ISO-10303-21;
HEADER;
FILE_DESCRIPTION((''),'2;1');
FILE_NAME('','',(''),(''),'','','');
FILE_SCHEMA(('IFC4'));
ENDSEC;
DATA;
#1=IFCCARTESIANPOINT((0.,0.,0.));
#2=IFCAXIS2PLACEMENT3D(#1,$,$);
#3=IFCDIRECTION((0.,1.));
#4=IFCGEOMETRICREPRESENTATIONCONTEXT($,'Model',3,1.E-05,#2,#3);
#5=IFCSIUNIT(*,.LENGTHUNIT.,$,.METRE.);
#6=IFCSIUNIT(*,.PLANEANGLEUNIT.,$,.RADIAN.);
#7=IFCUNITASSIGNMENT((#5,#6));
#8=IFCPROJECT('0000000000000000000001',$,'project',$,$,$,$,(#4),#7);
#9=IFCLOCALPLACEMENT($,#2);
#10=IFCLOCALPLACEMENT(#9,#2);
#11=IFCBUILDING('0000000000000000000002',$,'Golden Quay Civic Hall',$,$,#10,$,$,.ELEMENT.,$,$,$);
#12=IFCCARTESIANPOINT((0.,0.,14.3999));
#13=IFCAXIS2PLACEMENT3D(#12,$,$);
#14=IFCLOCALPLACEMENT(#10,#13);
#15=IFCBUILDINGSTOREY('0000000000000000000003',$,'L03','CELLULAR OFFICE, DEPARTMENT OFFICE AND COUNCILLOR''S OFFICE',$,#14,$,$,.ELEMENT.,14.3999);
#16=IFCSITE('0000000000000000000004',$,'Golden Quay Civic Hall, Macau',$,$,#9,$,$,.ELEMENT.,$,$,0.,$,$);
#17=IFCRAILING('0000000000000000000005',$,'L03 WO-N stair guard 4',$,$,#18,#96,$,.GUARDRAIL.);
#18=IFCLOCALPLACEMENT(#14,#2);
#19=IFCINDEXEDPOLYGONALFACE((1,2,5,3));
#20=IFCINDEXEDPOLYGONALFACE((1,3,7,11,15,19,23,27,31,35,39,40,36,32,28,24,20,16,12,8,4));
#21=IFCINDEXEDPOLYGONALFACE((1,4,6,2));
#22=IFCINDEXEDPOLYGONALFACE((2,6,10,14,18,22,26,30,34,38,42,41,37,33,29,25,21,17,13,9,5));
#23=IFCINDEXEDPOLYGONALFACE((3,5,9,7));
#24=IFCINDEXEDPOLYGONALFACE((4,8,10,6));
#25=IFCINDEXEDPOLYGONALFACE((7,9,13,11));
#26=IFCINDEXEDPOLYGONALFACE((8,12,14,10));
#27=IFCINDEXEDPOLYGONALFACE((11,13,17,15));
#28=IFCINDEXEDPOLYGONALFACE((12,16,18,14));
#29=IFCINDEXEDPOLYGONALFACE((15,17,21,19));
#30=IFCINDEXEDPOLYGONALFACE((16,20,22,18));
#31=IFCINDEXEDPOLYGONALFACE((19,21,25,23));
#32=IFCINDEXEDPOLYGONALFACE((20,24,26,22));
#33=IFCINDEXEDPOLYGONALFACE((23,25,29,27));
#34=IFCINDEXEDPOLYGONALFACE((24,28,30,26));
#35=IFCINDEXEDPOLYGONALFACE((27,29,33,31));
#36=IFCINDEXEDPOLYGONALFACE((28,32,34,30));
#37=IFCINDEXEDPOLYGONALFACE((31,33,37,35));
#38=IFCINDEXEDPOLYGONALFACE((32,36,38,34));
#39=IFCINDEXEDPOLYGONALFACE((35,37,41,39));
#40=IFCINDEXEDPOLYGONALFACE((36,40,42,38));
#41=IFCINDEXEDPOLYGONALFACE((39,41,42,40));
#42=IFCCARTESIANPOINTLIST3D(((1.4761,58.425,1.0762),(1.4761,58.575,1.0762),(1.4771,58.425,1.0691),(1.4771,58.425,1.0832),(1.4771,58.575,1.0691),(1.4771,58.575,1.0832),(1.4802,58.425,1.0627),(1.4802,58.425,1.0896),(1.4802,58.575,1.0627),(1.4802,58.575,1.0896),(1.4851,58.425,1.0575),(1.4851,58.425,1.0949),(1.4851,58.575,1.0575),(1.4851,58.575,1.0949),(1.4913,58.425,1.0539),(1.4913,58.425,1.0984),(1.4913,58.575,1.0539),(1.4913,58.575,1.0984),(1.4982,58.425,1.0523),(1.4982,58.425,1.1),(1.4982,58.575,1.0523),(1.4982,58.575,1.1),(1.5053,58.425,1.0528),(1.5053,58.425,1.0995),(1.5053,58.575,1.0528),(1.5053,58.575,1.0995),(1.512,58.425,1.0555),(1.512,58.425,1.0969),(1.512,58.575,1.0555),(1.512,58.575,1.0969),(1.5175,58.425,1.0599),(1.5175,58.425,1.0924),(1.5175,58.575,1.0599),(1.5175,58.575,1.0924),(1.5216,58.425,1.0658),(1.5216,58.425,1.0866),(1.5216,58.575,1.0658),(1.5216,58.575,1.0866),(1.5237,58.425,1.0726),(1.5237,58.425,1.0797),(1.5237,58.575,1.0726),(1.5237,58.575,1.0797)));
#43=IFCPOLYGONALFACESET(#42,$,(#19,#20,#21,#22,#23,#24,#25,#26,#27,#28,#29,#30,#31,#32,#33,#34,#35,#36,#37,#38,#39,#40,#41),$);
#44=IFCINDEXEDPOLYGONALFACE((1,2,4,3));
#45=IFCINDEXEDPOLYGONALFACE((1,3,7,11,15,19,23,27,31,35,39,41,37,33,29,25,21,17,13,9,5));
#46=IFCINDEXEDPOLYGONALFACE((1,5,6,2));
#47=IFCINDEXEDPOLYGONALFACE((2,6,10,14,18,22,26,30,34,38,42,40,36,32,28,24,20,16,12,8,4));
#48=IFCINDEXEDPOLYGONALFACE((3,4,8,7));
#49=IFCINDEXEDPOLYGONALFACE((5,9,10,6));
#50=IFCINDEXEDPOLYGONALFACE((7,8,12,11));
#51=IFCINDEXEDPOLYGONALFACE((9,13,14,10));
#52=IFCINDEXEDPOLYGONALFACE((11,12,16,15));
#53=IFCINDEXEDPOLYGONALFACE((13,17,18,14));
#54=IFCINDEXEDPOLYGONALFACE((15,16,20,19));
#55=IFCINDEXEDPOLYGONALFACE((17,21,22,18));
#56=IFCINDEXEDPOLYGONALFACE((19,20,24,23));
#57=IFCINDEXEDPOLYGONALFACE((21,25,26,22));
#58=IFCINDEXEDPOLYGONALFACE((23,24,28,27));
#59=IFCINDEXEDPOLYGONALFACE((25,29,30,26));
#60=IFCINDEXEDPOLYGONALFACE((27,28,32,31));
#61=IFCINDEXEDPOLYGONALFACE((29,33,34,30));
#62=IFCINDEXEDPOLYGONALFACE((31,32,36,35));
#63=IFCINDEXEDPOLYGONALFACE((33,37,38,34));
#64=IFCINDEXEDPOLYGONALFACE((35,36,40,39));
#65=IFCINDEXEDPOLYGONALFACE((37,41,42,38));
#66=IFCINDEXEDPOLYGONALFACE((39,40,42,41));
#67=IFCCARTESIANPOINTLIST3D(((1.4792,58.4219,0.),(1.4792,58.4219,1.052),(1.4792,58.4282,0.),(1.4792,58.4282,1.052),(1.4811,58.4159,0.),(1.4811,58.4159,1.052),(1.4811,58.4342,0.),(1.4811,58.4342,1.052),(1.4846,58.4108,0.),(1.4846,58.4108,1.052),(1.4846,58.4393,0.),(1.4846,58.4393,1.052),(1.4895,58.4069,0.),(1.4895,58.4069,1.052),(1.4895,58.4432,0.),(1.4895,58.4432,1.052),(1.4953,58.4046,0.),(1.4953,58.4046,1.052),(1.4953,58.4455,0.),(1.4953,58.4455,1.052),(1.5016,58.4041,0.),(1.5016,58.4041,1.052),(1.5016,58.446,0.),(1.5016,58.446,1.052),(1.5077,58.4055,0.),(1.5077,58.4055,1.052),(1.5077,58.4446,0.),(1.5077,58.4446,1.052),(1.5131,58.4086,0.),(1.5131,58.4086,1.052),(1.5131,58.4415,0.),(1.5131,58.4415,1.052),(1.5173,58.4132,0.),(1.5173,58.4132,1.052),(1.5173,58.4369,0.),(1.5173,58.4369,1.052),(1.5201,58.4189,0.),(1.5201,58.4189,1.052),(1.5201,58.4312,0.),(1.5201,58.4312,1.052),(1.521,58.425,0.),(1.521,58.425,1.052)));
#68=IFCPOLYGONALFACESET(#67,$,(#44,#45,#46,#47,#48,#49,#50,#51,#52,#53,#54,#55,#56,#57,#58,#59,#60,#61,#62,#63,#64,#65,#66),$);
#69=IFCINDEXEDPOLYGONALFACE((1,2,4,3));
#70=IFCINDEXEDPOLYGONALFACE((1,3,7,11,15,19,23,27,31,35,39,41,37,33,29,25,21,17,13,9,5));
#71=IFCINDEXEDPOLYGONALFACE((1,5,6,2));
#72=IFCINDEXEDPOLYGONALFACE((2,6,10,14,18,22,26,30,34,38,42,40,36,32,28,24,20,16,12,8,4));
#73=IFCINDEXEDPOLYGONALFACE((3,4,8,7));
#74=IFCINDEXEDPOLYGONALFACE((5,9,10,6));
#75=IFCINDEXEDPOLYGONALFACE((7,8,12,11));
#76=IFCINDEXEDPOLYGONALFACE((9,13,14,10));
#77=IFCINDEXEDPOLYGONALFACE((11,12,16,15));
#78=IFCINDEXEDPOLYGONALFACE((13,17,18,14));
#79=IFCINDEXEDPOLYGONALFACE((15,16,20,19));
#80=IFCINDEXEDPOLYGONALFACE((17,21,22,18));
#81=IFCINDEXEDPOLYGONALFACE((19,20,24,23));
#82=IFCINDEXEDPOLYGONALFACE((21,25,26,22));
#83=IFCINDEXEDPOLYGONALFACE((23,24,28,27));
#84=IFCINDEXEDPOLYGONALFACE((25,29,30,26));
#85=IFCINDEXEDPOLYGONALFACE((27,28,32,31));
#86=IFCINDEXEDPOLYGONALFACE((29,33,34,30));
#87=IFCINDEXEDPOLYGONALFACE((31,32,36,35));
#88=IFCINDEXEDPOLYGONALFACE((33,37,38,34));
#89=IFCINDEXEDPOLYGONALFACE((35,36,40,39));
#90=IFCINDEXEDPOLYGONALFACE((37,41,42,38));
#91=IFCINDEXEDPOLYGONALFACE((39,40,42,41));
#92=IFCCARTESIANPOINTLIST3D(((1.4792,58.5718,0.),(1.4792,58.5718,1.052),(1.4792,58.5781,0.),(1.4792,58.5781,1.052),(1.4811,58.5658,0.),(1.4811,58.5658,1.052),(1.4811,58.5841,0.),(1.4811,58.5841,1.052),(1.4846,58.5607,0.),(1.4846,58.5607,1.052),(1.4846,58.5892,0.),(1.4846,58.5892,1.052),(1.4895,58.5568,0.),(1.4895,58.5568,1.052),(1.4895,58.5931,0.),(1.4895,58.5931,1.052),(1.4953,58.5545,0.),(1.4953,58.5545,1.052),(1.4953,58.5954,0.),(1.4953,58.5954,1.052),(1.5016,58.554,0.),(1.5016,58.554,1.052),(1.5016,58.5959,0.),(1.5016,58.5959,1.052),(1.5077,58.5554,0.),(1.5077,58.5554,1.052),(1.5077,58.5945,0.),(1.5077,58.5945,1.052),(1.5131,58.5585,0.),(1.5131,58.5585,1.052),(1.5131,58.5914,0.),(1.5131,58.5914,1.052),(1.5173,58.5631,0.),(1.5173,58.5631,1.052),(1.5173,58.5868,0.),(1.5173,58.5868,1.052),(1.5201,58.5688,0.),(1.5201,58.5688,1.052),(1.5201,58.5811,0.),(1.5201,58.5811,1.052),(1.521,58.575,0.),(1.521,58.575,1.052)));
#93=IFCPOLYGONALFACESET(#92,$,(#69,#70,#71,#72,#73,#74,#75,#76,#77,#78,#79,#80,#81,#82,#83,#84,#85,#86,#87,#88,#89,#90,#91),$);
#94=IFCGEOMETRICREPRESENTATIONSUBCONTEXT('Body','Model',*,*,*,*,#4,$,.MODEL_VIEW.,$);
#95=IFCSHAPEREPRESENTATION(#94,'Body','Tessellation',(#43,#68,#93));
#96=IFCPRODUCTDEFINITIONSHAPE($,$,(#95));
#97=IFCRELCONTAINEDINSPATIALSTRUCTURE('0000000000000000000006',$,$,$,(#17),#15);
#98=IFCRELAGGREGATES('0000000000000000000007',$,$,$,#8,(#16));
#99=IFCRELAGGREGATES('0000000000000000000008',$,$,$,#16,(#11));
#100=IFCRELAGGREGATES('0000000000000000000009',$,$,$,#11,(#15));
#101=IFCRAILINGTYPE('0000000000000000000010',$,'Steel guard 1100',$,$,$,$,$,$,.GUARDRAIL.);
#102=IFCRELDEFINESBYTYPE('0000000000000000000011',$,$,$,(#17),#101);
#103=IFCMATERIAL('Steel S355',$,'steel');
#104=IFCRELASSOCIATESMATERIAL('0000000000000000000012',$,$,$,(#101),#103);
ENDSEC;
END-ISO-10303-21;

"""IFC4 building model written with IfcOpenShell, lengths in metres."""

from ifc_helpers import new_model, si_unit, direction, frame, origin, origin_2d, place, context, subcontext, project, spatial, circle, extrude, material, type_object, element, save


model = new_model("IFC4")

# Units and contexts
model_context = context("Model", 3, precision=1e-05, world=origin(), true_north=direction((0.0, 1.0)))
body_context = subcontext(model_context, "Body", "Model", "MODEL_VIEW")
ifc_project = project(units=[si_unit("LENGTHUNIT", "METRE"), si_unit("PLANEANGLEUNIT", "RADIAN")], contexts=[model_context])

# Site, building, storey
site_placement = place(None, origin())
site = spatial("IfcSite", under=ifc_project, at=site_placement, Name="Golden Quay Civic Hall, Macau", CompositionType="ELEMENT", RefElevation=0.0)
building_placement = place(site_placement, origin())
building = spatial("IfcBuilding", under=site, at=building_placement, Name="Golden Quay Civic Hall", CompositionType="ELEMENT")
storey_placement = place(building_placement, frame((0.0, 0.0, 14.3999)))
storey = spatial("IfcBuildingStorey", under=building, at=storey_placement, Name="L03", Description="CELLULAR OFFICE, DEPARTMENT OFFICE AND COUNCILLOR'S OFFICE", CompositionType="ELEMENT", Elevation=14.3999)

# Railing
ifc_material_1 = material(Name="Steel S355", Category="steel")
railing_type_1 = type_object("IfcRailingType", Name="Steel guard 1100", PredefinedType="GUARDRAIL", material=ifc_material_1)
railing_1_placement = place(storey_placement, frame((1.5, 58.425, 0.0)))
element("IfcRailing", 1, at=railing_1_placement, inside=storey, type_object=railing_type_1, Name="L03 WO-N stair guard 4", PredefinedType="GUARDRAIL", context=body_context, shape_type="SweptSolid", body=[
    extrude(circle(Radius=0.0239, at=origin_2d()), frame((0.0, 0.0, 1.0762), z_axis=(0.0, 1.0, 0.0), x_axis=(-1.0, 0.0, 0.0)), (0.0, 0.0, 1.0), 0.1499),
    extrude(circle(Radius=0.021, at=origin_2d()), origin(), (0.0, 0.0, 1.0), 1.052),
    extrude(circle(Radius=0.021, at=origin_2d()), frame((0.0, 0.1499, 0.0)), (0.0, 0.0, 1.0), 1.052),
])

save(model, "model.ifc")
